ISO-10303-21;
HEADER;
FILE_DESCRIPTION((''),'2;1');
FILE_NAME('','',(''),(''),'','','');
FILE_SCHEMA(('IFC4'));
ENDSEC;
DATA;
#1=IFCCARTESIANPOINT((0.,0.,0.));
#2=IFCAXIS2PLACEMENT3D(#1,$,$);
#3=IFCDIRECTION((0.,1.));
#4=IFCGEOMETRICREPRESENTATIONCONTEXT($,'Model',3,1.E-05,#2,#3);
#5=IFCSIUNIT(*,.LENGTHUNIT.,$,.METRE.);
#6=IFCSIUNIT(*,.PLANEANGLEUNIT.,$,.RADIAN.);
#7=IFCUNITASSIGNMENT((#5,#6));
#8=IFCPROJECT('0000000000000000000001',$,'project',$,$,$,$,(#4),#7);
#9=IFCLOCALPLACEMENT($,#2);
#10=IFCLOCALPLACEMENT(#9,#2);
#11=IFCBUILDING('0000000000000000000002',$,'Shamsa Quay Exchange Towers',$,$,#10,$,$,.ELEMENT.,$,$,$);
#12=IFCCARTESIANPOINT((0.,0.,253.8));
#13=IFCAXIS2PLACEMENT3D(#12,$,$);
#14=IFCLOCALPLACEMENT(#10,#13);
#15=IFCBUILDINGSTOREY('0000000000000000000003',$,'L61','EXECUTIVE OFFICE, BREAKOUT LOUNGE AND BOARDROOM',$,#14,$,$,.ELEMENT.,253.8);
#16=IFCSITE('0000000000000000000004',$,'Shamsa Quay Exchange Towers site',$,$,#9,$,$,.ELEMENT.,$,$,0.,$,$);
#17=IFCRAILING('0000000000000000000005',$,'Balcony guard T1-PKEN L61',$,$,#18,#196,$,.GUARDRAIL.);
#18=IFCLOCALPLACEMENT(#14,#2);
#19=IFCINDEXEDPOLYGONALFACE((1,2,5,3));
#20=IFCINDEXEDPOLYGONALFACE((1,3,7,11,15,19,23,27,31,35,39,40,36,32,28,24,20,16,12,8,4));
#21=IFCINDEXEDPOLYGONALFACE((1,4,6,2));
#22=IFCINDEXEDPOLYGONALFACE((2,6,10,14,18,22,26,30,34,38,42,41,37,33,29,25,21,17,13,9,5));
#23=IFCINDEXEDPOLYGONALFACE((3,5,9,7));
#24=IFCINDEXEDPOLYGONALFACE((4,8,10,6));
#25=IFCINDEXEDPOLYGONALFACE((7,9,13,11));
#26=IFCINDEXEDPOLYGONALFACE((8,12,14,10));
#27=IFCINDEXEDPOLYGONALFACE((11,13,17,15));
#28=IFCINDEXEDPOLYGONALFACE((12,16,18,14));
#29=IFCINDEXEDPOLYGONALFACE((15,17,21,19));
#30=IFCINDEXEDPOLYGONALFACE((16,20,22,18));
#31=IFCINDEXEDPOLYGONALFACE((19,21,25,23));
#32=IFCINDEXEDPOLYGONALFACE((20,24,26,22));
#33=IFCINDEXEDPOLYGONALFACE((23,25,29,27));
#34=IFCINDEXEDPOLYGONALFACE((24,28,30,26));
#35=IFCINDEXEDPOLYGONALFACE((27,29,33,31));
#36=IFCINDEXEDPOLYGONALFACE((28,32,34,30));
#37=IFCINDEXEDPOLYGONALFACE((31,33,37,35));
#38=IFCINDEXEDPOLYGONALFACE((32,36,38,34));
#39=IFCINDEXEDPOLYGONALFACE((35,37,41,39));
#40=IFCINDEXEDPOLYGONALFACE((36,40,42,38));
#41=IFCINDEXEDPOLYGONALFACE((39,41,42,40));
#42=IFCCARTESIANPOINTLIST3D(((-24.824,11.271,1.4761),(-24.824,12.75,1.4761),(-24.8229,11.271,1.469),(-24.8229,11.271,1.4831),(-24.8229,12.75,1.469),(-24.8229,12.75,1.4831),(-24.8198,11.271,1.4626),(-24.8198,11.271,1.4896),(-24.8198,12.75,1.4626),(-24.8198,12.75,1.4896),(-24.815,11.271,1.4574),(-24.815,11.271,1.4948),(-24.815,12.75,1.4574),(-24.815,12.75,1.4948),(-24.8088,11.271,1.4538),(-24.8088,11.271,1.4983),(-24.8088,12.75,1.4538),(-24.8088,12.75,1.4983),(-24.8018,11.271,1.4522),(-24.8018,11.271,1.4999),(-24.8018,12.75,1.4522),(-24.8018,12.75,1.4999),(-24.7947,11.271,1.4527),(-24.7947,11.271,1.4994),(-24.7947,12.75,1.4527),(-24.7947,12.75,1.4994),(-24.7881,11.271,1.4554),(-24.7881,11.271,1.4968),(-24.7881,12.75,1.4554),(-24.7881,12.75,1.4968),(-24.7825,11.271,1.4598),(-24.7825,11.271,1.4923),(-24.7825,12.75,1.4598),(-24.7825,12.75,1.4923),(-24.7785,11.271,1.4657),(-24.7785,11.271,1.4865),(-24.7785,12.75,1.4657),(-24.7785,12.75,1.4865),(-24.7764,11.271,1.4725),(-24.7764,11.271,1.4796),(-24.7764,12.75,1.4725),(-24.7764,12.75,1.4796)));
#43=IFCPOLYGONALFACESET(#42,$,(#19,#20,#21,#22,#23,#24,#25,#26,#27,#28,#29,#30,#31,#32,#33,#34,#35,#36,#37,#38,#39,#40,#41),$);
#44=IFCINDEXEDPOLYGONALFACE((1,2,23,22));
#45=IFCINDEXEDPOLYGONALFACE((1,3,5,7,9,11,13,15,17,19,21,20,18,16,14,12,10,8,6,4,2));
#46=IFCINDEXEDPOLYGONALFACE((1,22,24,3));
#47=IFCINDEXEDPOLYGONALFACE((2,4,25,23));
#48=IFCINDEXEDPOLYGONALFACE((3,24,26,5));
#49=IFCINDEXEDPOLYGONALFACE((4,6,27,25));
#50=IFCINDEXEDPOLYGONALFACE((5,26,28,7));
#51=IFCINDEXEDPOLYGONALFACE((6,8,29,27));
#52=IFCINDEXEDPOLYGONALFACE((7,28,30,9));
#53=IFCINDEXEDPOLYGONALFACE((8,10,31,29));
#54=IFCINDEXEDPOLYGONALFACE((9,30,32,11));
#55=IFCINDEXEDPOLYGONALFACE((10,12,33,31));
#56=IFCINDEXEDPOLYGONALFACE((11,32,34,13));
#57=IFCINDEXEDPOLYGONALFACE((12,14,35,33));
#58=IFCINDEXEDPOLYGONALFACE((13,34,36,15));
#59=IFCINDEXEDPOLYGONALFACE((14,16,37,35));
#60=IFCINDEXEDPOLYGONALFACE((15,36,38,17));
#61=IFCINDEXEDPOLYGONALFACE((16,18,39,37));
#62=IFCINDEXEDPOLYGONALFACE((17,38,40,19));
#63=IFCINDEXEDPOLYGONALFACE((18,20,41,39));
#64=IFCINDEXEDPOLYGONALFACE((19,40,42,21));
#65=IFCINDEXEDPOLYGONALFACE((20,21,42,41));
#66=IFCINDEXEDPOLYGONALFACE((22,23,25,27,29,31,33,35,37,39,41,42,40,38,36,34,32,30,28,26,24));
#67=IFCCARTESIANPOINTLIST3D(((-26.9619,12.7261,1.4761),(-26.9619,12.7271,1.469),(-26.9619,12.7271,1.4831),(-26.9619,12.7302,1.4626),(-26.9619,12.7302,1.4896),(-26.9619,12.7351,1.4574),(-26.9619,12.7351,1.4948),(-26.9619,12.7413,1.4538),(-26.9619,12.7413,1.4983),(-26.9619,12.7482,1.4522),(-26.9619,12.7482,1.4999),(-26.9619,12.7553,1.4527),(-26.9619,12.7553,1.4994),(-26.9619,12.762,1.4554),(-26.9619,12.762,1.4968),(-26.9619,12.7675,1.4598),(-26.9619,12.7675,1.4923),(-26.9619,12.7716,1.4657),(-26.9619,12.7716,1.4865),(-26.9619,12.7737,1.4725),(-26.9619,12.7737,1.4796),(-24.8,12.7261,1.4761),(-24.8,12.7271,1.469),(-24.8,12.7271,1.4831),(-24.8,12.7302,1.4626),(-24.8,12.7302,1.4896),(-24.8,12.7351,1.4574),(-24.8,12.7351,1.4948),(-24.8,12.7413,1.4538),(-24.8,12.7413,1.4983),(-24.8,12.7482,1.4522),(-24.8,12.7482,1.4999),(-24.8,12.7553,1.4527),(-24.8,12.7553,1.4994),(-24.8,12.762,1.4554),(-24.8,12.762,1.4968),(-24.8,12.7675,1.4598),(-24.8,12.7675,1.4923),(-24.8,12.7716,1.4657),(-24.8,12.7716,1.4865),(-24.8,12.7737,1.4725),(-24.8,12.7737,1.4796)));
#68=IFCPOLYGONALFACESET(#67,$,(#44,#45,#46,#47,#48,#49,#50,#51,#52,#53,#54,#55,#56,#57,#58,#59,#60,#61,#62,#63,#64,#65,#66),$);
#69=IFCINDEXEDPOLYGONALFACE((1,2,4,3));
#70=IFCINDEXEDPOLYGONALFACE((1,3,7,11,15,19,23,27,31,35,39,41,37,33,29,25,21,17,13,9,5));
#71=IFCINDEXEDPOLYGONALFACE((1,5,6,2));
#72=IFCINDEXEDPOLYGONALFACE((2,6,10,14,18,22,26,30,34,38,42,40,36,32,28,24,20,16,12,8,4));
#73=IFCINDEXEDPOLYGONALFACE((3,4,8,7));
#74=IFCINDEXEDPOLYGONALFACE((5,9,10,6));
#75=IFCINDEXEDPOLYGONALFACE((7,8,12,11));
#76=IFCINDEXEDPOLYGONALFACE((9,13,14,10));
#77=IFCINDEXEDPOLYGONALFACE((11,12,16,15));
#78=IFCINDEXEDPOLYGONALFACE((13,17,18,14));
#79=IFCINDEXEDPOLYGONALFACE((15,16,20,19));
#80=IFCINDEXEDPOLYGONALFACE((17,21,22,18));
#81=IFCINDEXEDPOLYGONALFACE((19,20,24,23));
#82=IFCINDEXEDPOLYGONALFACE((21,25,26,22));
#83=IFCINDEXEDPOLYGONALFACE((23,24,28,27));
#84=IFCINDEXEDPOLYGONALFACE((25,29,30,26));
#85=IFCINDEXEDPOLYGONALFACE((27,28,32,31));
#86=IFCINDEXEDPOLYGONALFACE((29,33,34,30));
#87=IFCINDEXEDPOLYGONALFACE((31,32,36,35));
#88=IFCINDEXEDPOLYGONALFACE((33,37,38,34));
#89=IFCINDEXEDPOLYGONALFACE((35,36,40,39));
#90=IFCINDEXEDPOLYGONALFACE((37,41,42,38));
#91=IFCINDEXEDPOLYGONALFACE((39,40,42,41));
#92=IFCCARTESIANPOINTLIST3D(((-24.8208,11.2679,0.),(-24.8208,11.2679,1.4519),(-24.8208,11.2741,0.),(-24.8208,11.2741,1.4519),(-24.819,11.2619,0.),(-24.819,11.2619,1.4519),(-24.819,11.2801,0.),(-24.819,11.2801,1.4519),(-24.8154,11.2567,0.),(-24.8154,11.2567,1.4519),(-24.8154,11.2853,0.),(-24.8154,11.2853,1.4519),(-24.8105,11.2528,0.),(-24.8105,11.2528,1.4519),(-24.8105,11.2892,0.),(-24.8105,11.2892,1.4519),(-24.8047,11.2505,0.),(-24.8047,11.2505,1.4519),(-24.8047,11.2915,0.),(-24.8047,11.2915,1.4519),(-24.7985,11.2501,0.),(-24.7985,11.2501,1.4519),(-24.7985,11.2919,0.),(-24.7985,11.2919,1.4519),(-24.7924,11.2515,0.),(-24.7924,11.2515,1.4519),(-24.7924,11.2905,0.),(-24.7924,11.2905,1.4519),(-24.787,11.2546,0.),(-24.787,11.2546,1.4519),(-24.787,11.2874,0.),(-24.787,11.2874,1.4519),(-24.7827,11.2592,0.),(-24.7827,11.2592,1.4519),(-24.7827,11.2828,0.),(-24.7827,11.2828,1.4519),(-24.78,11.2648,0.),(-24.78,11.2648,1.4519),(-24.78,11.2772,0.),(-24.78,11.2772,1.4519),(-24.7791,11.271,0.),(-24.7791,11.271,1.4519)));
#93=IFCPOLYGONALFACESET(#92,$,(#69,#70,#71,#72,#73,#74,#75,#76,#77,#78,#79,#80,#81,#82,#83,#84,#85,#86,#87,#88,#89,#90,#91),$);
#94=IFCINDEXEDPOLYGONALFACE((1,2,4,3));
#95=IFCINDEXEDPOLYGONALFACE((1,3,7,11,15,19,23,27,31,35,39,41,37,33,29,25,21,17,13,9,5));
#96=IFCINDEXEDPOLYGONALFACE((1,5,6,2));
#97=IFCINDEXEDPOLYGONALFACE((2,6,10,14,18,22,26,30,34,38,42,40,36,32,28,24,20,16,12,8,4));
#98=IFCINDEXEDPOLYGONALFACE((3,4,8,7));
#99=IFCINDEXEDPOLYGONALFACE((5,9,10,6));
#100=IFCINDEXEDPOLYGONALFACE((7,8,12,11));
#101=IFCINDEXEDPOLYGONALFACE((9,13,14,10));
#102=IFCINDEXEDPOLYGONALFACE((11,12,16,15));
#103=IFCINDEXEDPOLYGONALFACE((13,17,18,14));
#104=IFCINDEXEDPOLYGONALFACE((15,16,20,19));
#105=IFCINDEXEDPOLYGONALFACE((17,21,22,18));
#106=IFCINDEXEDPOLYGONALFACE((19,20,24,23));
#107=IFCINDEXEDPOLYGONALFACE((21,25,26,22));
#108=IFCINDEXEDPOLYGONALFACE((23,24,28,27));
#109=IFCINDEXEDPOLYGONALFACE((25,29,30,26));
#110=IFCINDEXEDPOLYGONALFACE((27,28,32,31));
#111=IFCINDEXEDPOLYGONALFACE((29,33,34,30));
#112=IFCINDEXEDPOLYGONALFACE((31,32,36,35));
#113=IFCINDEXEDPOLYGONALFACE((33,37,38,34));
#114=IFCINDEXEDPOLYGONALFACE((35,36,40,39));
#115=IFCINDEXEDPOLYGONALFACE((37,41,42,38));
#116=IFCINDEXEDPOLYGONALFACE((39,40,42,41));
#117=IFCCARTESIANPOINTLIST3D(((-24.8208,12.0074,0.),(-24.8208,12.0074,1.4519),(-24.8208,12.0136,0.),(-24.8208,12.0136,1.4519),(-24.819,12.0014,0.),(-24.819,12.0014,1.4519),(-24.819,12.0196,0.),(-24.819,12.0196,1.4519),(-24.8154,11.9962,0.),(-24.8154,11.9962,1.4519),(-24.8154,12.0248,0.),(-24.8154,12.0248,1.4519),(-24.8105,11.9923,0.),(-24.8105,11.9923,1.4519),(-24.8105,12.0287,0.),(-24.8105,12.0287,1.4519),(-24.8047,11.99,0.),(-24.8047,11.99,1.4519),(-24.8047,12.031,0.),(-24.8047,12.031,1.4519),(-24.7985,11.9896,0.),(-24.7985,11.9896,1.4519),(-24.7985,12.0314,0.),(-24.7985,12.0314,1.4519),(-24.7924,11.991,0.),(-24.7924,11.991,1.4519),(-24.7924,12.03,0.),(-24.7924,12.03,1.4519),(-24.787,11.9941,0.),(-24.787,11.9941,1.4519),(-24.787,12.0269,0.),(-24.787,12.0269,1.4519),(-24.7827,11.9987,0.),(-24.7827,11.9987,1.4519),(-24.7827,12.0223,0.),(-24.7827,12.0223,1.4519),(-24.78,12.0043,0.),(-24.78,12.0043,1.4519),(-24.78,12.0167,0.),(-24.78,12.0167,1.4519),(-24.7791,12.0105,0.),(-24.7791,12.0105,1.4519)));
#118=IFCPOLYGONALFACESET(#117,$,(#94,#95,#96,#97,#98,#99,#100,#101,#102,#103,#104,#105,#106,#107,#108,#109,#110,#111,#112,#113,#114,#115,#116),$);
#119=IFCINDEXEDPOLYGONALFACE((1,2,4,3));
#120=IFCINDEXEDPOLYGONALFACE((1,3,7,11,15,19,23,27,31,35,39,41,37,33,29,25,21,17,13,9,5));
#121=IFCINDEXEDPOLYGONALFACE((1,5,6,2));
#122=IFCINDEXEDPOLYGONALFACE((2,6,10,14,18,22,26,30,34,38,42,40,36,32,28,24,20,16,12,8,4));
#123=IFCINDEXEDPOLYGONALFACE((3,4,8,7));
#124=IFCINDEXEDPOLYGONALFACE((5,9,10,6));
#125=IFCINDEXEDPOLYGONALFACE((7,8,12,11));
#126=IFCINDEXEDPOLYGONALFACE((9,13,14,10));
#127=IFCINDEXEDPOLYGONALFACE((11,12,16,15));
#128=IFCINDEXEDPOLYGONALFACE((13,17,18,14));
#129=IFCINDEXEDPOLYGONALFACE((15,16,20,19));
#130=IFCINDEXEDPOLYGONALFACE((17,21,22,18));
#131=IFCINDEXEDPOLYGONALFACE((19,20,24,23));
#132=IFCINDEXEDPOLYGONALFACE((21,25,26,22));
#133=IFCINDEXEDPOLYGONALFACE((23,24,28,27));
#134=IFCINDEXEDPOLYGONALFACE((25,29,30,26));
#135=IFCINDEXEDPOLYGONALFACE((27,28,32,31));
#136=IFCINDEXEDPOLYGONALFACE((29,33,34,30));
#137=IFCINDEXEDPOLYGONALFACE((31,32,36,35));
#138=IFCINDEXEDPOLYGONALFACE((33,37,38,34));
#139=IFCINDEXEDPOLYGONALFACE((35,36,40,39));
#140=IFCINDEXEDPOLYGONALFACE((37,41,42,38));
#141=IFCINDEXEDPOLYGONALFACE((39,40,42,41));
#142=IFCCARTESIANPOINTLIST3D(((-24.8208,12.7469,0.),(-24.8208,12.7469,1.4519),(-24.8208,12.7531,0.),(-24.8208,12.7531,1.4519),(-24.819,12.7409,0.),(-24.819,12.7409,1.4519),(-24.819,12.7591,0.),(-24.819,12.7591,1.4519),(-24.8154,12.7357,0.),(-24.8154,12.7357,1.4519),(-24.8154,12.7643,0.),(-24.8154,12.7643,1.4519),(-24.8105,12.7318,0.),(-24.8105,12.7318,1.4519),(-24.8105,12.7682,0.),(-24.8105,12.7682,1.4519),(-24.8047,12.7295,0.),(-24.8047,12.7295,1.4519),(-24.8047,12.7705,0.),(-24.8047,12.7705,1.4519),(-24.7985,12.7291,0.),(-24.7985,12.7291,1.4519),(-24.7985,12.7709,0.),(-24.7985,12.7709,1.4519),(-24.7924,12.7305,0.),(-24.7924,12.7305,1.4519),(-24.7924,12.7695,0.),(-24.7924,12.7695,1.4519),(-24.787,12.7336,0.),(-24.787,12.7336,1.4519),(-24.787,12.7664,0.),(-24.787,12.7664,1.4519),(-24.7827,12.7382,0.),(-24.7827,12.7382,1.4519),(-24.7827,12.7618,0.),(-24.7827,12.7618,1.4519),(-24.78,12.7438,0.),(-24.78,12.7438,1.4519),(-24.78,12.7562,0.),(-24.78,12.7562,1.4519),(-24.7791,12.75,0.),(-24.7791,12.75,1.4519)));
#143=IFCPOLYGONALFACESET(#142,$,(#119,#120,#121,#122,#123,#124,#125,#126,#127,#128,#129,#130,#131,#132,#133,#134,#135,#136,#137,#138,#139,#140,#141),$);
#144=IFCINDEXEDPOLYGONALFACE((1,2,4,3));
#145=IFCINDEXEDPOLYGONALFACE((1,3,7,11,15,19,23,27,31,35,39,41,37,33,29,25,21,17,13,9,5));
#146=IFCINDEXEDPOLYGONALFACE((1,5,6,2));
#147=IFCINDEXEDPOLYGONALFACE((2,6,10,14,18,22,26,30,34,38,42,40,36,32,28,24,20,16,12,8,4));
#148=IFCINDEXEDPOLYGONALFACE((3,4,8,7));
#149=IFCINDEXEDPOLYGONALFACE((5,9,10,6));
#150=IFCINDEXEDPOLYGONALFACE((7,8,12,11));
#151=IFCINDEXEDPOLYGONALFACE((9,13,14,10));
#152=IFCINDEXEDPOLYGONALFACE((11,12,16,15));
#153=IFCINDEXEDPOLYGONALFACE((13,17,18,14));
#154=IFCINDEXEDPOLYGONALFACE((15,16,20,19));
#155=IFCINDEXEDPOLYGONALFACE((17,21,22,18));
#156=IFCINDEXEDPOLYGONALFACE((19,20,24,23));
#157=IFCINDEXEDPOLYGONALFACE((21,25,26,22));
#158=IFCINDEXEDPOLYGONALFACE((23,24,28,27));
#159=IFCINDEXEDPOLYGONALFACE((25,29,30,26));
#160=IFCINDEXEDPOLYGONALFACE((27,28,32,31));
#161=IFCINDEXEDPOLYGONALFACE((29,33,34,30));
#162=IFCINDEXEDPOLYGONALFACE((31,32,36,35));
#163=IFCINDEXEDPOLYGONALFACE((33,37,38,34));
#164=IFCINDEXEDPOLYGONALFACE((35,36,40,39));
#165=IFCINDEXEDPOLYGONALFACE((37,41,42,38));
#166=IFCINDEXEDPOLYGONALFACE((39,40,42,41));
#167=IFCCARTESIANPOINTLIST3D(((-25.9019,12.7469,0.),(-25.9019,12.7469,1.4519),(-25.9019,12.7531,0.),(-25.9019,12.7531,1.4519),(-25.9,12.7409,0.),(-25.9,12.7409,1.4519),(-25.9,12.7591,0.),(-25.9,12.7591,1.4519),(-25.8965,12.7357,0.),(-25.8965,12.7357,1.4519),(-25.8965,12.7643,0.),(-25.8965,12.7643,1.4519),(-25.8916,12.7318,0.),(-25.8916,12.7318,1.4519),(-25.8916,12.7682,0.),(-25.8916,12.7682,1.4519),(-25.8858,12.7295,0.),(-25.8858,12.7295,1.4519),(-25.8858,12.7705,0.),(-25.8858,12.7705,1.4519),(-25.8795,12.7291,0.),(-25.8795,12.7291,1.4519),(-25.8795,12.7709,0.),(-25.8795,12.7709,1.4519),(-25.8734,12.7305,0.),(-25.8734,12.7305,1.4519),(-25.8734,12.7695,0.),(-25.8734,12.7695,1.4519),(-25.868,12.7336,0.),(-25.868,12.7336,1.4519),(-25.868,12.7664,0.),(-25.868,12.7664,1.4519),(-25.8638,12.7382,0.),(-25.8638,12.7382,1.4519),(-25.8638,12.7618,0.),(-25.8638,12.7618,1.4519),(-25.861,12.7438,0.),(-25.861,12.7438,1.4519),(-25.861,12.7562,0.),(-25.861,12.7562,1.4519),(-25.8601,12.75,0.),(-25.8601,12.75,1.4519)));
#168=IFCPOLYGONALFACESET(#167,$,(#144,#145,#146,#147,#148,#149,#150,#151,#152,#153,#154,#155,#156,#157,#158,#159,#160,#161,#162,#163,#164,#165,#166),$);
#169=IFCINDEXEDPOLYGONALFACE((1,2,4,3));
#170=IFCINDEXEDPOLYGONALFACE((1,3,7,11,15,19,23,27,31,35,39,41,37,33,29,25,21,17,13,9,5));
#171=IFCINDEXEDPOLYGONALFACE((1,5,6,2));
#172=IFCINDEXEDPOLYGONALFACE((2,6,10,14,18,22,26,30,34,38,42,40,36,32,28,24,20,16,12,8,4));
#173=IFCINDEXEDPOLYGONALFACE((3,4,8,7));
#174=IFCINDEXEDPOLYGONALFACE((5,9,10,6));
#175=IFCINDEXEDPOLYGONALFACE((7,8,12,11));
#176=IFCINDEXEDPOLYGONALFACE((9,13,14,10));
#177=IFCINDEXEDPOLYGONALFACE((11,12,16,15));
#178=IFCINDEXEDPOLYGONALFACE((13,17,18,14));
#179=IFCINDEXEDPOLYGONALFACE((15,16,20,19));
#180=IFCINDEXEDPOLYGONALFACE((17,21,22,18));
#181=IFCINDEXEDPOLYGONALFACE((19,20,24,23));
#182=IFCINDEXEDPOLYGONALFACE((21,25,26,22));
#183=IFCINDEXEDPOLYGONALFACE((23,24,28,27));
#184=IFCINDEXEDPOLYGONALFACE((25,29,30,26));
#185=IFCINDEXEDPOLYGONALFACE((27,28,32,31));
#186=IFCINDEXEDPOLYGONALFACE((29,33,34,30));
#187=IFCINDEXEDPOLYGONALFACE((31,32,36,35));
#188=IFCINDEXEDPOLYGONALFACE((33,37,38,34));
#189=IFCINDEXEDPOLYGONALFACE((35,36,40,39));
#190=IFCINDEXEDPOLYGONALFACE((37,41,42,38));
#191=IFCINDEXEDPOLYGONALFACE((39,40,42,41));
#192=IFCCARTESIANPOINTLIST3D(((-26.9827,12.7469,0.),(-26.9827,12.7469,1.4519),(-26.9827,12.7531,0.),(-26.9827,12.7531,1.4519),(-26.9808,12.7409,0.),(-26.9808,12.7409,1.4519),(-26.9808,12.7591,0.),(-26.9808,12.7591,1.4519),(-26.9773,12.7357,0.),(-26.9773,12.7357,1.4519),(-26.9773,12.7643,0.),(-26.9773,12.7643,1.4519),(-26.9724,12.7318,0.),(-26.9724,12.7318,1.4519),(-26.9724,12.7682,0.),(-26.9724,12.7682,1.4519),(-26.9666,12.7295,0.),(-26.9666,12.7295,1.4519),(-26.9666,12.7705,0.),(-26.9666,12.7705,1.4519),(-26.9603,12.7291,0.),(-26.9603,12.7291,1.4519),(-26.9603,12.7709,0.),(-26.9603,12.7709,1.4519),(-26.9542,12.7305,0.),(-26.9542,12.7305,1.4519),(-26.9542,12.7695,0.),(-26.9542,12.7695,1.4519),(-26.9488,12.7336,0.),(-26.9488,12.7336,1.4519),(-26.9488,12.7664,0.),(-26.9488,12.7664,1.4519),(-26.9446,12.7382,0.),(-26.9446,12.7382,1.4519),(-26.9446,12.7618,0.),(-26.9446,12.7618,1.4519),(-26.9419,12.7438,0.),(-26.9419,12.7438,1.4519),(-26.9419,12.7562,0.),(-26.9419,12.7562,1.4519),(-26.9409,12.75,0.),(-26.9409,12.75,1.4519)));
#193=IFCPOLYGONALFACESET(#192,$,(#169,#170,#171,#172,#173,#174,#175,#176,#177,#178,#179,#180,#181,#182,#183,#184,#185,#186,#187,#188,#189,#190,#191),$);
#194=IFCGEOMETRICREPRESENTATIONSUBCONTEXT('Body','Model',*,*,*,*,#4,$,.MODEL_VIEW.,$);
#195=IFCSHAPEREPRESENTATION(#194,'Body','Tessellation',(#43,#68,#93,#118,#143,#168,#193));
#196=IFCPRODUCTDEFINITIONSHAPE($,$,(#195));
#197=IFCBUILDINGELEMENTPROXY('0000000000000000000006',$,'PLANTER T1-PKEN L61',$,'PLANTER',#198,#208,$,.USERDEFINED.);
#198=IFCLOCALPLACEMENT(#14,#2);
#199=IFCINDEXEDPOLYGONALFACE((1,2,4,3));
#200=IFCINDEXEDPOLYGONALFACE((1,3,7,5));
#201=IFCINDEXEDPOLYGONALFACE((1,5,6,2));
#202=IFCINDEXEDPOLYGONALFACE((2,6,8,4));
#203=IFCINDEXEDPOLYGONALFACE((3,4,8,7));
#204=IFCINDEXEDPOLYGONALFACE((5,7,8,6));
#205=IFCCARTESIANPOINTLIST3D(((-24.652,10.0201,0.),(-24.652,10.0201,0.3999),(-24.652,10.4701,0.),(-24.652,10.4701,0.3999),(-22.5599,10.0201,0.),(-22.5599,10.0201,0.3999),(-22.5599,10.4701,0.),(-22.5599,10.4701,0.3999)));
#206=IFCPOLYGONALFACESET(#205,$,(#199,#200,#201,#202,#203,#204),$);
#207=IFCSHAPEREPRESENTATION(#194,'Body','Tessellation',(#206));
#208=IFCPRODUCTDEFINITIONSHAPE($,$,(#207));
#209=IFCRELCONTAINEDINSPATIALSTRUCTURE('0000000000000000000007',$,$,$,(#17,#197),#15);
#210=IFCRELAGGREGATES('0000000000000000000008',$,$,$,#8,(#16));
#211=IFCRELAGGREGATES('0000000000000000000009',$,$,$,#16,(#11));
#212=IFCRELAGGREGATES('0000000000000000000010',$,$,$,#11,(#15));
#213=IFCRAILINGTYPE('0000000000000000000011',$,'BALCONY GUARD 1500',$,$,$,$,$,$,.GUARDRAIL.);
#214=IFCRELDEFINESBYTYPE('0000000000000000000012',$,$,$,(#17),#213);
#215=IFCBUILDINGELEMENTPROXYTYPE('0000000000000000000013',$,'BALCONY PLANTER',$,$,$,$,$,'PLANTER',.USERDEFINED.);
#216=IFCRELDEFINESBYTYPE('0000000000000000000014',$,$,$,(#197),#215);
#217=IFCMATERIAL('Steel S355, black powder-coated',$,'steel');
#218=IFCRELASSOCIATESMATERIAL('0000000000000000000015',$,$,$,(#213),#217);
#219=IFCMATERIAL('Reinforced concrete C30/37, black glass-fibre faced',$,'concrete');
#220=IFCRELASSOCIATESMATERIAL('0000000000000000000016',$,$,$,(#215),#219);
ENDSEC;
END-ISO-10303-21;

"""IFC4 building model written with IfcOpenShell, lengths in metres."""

from ifc_helpers import new_model, si_unit, direction, frame, origin, origin_2d, place, context, subcontext, project, spatial, rectangle, circle, extrude, material, type_object, element, save


model = new_model("IFC4")

# Units and contexts
model_context = context("Model", 3, precision=1e-05, world=origin(), true_north=direction((0.0, 1.0)))
body_context = subcontext(model_context, "Body", "Model", "MODEL_VIEW")
ifc_project = project(units=[si_unit("LENGTHUNIT", "METRE"), si_unit("PLANEANGLEUNIT", "RADIAN")], contexts=[model_context])

# Site, building, storey
site_placement = place(None, origin())
site = spatial("IfcSite", under=ifc_project, at=site_placement, Name="Shamsa Quay Exchange Towers site", CompositionType="ELEMENT", RefElevation=0.0)
building_placement = place(site_placement, origin())
building = spatial("IfcBuilding", under=site, at=building_placement, Name="Shamsa Quay Exchange Towers", CompositionType="ELEMENT")
storey_placement = place(building_placement, frame((0.0, 0.0, 253.8)))
storey = spatial("IfcBuildingStorey", under=building, at=storey_placement, Name="L61", Description="EXECUTIVE OFFICE, BREAKOUT LOUNGE AND BOARDROOM", CompositionType="ELEMENT", Elevation=253.8)

# Railing
ifc_material_1 = material(Name="Steel S355, black powder-coated", Category="steel")
railing_type = type_object("IfcRailingType", Name="BALCONY GUARD 1500", PredefinedType="GUARDRAIL", material=ifc_material_1)
for number, where, name in (
    (1, (-24.8, 11.271, 0.0), "Balcony guard T1-PKEN L61"),
):
    element("IfcRailing", number, at=place(storey_placement, frame(where)), inside=storey, type_object=railing_type, Name=name, PredefinedType="GUARDRAIL", context=body_context, shape_type="SweptSolid", body=[
        extrude(circle(Radius=0.0239, at=origin_2d()), frame((0.0, 0.0, 1.4761), z_axis=(0.0, 1.0, 0.0), x_axis=(-1.0, 0.0, 0.0)), (0.0, 0.0, 1.0), 1.479),
        extrude(circle(Radius=0.0239, at=origin_2d()), frame((0.0, 1.479, 1.4761), z_axis=(-1.0, 0.0, 0.0), x_axis=(0.0, -1.0, 0.0)), (0.0, 0.0, 1.0), 2.1619),
        extrude(circle(Radius=0.021, at=origin_2d()), origin(), (0.0, 0.0, 1.0), 1.4519),
        extrude(circle(Radius=0.021, at=origin_2d()), frame((0.0, 0.7395, 0.0)), (0.0, 0.0, 1.0), 1.4519),
        extrude(circle(Radius=0.021, at=origin_2d()), frame((0.0, 1.479, 0.0)), (0.0, 0.0, 1.0), 1.4519),
        extrude(circle(Radius=0.021, at=origin_2d()), frame((-1.0811, 1.479, 0.0)), (0.0, 0.0, 1.0), 1.4519),
        extrude(circle(Radius=0.021, at=origin_2d()), frame((-2.1619, 1.479, 0.0)), (0.0, 0.0, 1.0), 1.4519),
    ])

# Building element proxy
ifc_material_2 = material(Name="Reinforced concrete C30/37, black glass-fibre faced", Category="concrete")
building_element_proxy_type = type_object("IfcBuildingElementProxyType", Name="BALCONY PLANTER", ElementType="PLANTER", PredefinedType="USERDEFINED", material=ifc_material_2)
for number, where, z_axis, x_axis, name in (
    (2, (-23.606, 10.2451, 0.0), (0.0, 0.0, 1.0), (-1.0, 0.0, 0.0), "PLANTER T1-PKEN L61"),
):
    element("IfcBuildingElementProxy", number, at=place(storey_placement, frame(where, z_axis=z_axis, x_axis=x_axis)), inside=storey, type_object=building_element_proxy_type, Name=name, ObjectType="PLANTER", PredefinedType="USERDEFINED", context=body_context, shape_type="SweptSolid", body=[
        extrude(rectangle(XDim=2.092, YDim=0.45, at=origin_2d()), origin(), (0.0, 0.0, 1.0), 0.3999),
    ])

save(model, "model.ifc")
